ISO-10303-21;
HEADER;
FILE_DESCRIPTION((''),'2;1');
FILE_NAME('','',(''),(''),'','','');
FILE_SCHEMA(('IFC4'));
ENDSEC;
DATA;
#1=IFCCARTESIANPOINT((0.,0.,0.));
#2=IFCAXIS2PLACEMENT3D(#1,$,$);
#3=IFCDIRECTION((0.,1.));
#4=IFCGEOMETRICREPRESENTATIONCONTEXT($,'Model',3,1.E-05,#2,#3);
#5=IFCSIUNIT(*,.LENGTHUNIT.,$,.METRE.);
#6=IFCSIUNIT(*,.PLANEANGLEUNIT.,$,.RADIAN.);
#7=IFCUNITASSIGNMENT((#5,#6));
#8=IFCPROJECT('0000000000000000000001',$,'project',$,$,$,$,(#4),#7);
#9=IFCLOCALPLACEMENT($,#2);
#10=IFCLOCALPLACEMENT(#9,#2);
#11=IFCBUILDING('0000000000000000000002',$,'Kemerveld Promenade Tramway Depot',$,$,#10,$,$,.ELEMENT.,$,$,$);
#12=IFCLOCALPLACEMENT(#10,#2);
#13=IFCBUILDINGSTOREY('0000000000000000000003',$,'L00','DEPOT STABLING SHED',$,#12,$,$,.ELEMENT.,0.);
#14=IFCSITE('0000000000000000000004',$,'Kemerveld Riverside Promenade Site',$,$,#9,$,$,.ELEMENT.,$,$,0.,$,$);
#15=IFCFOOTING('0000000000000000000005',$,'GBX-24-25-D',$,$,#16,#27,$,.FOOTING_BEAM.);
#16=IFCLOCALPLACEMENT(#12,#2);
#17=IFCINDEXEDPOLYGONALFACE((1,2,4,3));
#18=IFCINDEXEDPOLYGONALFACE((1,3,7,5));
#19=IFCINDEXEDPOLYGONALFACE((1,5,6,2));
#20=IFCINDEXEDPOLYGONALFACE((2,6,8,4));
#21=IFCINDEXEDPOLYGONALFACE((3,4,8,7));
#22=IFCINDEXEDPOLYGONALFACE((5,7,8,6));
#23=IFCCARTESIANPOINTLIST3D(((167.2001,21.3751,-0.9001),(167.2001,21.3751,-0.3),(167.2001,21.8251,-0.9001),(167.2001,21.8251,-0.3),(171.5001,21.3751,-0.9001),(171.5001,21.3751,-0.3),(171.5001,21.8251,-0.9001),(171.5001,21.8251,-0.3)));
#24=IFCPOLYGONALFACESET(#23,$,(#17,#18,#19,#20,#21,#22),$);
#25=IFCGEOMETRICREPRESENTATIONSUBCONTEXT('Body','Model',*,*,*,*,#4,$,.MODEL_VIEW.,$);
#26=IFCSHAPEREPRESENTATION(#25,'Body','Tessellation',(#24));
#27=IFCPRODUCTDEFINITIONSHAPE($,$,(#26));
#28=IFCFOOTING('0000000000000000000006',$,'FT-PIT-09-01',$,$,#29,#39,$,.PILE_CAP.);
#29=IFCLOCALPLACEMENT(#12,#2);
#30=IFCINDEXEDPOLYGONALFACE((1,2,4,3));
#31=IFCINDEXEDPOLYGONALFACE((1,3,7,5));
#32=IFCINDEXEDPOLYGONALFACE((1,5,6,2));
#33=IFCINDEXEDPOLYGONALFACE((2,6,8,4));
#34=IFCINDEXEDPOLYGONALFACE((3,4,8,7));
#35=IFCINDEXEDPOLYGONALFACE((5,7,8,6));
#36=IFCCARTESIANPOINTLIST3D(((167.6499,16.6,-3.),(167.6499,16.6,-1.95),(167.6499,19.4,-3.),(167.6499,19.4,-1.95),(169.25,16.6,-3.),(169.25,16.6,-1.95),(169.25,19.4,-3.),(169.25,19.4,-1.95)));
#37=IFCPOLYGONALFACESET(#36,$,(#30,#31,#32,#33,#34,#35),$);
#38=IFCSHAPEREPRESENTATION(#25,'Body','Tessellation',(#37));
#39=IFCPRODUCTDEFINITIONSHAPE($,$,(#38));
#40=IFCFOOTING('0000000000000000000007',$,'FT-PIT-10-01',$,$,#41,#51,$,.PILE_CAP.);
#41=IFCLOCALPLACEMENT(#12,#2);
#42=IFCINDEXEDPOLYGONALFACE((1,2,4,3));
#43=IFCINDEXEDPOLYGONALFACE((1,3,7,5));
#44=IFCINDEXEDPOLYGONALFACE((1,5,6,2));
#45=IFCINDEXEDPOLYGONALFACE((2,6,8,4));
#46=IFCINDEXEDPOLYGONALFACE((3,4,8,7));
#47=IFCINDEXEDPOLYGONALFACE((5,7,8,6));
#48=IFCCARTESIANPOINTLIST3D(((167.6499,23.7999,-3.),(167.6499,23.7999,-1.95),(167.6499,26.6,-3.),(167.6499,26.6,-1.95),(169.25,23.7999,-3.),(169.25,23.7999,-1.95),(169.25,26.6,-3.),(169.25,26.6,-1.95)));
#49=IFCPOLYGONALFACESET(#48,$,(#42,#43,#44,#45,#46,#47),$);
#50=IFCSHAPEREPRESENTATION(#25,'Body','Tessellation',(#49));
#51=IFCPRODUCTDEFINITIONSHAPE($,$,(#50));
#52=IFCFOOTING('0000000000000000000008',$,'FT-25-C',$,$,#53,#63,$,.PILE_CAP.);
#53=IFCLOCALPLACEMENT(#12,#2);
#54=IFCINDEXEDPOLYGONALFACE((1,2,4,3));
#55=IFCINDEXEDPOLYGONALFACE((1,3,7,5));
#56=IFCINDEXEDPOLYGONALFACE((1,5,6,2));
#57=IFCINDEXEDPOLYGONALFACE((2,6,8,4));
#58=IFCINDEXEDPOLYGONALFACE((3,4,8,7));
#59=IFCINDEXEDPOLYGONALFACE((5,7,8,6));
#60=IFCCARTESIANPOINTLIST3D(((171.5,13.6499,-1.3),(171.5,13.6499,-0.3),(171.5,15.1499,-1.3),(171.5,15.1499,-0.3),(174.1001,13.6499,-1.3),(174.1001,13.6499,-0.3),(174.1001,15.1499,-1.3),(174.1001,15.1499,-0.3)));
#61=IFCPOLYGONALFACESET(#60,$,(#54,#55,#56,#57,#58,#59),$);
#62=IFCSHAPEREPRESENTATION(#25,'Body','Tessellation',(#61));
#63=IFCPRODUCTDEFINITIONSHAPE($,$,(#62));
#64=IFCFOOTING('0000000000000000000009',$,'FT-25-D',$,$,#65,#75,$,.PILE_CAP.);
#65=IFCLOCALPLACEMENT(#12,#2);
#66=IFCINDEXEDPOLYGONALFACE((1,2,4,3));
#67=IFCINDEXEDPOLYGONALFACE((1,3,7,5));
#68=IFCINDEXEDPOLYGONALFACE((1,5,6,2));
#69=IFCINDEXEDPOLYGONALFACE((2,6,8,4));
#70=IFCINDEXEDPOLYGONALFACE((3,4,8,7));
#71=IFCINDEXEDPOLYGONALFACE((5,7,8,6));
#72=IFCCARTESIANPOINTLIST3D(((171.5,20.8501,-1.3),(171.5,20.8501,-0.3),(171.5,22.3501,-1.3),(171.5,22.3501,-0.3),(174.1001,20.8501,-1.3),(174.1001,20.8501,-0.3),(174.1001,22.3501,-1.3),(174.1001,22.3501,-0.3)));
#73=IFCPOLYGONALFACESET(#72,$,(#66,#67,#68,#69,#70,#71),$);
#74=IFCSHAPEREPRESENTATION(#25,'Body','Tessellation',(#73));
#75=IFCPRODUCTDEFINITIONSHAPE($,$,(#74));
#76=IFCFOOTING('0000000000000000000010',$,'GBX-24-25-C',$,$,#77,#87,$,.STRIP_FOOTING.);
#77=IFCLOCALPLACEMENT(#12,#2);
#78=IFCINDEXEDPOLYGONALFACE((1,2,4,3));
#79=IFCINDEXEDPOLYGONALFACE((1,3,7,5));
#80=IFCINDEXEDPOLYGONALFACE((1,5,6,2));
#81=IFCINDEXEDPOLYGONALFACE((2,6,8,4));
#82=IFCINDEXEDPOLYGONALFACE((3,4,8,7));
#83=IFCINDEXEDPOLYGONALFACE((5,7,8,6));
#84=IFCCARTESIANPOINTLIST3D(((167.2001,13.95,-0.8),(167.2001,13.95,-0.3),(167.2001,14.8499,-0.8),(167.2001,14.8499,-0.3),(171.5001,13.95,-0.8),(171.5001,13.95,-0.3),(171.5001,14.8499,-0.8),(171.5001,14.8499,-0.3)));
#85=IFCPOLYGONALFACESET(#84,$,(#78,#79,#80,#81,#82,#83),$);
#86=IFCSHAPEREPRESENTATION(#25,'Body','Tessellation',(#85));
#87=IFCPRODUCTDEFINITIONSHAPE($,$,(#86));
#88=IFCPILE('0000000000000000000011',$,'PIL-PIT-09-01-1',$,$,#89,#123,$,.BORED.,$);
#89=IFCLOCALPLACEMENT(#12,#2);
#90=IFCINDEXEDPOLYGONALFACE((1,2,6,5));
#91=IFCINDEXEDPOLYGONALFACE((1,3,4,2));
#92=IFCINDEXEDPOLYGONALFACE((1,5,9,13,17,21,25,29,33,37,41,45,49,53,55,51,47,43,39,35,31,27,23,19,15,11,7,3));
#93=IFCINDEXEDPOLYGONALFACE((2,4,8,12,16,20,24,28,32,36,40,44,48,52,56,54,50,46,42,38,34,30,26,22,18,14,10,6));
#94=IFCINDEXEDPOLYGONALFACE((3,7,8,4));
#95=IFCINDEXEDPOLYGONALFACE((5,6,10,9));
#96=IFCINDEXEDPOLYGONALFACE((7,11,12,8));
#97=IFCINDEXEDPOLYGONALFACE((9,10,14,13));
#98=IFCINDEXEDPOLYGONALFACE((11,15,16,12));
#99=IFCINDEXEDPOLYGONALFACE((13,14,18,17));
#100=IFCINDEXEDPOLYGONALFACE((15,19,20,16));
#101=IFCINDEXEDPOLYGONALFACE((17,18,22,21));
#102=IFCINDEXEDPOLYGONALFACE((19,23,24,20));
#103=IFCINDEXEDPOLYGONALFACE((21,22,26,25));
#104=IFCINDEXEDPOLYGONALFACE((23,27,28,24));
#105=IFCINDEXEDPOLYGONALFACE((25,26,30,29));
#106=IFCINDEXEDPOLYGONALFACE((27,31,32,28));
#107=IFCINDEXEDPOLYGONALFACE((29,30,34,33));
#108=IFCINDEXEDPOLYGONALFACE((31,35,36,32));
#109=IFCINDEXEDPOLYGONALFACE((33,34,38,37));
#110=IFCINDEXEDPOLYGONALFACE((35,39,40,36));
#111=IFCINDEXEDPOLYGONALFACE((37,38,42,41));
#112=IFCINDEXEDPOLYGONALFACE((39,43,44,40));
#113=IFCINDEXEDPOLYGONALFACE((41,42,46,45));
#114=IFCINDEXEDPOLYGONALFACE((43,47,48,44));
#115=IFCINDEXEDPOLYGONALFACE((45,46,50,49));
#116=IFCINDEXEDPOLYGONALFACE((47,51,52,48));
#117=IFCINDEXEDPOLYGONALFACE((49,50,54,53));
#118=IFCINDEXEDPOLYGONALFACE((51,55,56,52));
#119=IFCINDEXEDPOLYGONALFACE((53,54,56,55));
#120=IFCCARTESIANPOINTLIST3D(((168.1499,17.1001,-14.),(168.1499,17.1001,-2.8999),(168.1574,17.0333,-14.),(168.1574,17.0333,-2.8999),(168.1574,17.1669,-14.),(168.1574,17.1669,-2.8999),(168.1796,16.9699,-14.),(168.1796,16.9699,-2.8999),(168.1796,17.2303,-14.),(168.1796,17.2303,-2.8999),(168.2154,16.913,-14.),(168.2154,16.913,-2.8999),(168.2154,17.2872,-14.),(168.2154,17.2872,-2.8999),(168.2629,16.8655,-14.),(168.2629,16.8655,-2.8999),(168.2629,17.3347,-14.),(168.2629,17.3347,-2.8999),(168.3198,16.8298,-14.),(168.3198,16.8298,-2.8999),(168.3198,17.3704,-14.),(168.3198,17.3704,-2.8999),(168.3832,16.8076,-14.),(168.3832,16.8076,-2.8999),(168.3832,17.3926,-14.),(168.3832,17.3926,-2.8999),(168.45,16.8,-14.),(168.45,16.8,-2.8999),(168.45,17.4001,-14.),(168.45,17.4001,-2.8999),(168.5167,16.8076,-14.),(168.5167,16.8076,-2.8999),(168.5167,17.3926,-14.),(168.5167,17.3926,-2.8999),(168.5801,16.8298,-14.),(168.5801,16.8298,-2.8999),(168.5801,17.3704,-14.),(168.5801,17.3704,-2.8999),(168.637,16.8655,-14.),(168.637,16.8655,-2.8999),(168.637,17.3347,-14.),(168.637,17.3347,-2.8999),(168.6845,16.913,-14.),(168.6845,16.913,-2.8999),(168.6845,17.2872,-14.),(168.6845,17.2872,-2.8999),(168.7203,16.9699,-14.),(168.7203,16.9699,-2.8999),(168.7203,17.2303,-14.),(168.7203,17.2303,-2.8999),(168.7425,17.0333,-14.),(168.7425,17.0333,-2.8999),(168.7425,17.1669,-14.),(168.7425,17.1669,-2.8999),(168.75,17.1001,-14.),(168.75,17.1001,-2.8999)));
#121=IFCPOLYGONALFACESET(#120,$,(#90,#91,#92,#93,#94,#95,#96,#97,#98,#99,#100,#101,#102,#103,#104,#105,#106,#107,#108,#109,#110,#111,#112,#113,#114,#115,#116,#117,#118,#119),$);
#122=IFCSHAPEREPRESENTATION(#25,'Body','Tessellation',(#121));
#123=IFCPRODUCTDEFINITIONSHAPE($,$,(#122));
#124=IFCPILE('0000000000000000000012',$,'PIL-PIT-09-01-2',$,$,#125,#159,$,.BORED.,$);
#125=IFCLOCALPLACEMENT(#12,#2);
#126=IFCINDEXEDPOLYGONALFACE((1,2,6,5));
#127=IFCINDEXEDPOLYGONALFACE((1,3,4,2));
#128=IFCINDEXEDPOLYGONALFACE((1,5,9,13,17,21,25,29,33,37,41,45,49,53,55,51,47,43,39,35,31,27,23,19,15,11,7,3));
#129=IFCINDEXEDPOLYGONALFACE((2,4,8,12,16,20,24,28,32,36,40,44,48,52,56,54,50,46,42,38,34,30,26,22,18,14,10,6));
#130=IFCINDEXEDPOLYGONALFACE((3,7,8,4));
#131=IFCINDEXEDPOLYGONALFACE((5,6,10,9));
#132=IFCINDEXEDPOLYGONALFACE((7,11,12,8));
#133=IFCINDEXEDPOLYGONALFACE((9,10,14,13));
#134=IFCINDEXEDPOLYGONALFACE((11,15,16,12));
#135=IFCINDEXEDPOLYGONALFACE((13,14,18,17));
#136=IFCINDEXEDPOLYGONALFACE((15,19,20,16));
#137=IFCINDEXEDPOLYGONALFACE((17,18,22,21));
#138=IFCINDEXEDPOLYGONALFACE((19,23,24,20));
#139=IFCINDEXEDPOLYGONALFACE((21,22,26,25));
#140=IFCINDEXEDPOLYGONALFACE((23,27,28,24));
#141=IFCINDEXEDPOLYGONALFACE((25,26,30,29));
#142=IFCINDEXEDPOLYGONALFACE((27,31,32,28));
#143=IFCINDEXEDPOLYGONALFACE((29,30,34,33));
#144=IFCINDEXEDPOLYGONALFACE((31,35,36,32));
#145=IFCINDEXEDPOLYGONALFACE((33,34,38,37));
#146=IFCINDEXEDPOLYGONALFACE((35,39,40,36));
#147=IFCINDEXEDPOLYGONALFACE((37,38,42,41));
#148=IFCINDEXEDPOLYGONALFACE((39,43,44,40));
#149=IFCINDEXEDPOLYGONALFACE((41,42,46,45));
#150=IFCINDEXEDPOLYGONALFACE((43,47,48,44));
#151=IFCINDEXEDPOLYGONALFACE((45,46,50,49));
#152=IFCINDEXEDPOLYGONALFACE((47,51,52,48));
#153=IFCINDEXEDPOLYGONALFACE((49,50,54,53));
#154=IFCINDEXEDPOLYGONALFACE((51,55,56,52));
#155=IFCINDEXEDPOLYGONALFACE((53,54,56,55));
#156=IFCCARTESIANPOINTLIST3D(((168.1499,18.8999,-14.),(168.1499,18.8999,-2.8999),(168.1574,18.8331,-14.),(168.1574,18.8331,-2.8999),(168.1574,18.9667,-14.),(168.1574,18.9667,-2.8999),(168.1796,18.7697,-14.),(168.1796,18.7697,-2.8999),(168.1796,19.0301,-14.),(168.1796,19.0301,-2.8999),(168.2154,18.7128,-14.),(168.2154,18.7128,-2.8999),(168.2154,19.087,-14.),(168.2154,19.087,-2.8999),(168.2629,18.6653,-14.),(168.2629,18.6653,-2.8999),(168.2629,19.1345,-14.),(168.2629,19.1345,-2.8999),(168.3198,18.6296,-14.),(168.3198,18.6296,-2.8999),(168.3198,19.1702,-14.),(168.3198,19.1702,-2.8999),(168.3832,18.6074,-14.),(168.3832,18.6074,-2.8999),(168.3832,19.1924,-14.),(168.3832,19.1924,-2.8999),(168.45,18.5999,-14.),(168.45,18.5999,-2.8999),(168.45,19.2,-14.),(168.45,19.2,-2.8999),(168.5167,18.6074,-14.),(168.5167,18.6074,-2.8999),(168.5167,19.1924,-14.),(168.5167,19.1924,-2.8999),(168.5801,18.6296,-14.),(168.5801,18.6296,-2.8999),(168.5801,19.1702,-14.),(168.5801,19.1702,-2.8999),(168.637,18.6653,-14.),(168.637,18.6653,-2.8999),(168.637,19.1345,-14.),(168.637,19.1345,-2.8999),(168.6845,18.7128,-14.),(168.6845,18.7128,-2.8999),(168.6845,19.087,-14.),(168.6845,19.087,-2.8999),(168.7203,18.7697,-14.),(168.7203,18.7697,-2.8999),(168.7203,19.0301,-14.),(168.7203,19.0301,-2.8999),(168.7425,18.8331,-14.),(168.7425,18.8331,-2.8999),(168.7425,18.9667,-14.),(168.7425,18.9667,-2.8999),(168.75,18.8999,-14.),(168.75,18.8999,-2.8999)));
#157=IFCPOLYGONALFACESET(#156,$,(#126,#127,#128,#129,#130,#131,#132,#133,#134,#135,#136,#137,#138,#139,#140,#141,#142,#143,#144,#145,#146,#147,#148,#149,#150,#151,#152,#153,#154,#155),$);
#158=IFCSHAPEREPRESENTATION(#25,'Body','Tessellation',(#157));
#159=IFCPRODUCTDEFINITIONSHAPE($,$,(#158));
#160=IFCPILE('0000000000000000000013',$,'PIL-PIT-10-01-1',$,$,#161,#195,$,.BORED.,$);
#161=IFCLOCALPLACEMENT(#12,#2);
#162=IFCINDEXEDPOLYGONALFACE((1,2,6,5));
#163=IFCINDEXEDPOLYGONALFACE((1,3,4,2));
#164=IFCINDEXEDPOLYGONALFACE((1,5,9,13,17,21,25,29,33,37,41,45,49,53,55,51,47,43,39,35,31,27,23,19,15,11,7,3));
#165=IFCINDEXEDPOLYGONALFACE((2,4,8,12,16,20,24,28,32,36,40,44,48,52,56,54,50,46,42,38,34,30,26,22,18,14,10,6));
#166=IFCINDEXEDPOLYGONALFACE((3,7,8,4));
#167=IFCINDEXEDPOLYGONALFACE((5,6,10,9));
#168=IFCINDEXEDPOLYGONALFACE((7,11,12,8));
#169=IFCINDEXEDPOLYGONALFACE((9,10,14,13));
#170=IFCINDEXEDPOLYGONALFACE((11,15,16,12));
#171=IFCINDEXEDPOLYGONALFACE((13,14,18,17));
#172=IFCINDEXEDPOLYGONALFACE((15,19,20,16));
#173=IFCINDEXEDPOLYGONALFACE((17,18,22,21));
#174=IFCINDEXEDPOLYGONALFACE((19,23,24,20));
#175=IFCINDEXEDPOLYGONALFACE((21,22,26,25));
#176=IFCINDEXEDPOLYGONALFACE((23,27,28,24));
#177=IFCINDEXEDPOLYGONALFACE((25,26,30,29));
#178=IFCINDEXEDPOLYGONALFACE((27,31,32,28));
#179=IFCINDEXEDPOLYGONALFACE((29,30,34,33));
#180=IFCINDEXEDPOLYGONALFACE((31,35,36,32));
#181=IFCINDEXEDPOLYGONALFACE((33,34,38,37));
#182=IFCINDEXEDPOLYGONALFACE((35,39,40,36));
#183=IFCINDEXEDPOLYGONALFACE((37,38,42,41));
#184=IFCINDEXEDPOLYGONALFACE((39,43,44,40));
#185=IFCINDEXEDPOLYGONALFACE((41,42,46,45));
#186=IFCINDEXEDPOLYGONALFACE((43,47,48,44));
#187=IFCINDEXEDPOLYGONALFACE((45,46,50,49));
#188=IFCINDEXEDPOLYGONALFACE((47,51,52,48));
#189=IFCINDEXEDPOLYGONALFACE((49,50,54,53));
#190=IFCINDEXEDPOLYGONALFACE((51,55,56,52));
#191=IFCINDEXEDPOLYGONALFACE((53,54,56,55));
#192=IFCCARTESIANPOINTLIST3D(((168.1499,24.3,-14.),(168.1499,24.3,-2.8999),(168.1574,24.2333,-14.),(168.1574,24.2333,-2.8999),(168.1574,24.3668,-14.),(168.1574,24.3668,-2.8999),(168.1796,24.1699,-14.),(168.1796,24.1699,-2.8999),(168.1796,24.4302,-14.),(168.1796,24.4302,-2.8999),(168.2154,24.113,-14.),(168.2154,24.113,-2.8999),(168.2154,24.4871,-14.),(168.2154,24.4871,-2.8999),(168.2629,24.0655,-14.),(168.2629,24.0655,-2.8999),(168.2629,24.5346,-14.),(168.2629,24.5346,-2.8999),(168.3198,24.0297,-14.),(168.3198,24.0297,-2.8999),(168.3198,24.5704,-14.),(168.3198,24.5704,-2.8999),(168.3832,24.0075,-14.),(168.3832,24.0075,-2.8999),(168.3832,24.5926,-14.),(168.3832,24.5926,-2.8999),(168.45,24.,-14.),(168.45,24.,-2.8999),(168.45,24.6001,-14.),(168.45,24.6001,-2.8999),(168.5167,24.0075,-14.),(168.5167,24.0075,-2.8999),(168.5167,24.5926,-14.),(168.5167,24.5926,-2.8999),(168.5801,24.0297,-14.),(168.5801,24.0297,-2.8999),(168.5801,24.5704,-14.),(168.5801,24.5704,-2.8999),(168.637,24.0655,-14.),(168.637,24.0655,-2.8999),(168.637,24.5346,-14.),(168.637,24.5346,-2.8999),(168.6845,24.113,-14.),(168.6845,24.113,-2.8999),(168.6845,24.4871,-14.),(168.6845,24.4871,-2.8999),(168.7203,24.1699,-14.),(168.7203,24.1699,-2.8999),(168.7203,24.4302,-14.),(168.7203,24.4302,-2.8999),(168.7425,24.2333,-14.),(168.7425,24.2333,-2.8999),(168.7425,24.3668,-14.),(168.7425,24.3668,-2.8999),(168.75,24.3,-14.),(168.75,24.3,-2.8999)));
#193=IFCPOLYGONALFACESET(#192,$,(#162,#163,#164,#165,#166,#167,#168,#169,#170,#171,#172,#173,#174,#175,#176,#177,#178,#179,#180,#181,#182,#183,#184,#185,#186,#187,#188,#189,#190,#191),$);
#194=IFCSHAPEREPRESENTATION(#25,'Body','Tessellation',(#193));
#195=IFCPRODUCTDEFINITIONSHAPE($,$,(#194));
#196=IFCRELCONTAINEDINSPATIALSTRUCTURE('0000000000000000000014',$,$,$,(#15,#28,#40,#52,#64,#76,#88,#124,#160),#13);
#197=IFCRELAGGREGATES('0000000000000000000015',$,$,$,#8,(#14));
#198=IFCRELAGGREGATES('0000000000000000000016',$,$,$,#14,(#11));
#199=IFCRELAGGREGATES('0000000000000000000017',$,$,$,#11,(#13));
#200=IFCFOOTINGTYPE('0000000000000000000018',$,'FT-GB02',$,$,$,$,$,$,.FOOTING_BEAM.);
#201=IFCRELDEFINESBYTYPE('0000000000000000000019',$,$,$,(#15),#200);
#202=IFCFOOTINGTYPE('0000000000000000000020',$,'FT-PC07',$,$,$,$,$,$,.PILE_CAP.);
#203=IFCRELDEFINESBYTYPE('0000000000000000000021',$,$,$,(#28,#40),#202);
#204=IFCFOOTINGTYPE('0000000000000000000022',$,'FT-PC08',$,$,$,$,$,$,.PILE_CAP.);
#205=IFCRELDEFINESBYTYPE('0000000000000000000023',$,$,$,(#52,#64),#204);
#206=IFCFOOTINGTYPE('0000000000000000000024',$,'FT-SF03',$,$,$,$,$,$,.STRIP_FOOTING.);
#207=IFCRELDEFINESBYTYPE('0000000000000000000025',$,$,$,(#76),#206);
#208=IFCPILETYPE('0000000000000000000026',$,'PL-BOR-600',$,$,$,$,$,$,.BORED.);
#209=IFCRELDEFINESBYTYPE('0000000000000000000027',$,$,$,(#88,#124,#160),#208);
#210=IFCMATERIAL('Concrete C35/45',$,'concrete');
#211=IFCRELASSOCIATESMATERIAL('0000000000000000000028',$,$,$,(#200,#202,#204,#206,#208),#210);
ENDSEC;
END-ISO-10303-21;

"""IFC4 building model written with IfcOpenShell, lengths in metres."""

from ifc_helpers import new_model, si_unit, direction, frame, origin, origin_2d, place, context, subcontext, project, spatial, rectangle, circle, extrude, material, material_profile, profile_set, type_object, element, save


model = new_model("IFC4")

# Units and contexts
model_context = context("Model", 3, precision=1e-05, world=origin(), true_north=direction((0.0, 1.0)))
body_context = subcontext(model_context, "Body", "Model", "MODEL_VIEW")
ifc_project = project(units=[si_unit("LENGTHUNIT", "METRE"), si_unit("PLANEANGLEUNIT", "RADIAN")], contexts=[model_context])

# Site, building, storey
site_placement = place(None, origin())
site = spatial("IfcSite", under=ifc_project, at=site_placement, Name="Kemerveld Riverside Promenade Site", CompositionType="ELEMENT", RefElevation=0.0)
building_placement = place(site_placement, origin())
building = spatial("IfcBuilding", under=site, at=building_placement, Name="Kemerveld Promenade Tramway Depot", CompositionType="ELEMENT")
storey_placement = place(building_placement, origin())
storey = spatial("IfcBuildingStorey", under=building, at=storey_placement, Name="L00", Description="DEPOT STABLING SHED", CompositionType="ELEMENT", Elevation=0.0)

# Footings
ifc_material_1 = material(Name="Concrete C35/45", Category="concrete")
footing_type_1 = type_object("IfcFootingType", Name="FT-GB02", PredefinedType="FOOTING_BEAM", material=ifc_material_1)
footing_1_placement = place(storey_placement, frame((169.3501, 21.6001, -0.9001), z_axis=(0.0, 0.0, 1.0), x_axis=(1.0, 0.0, 0.0)))
element("IfcFooting", 1, at=footing_1_placement, inside=storey, type_object=footing_type_1, Name="GBX-24-25-D", PredefinedType="FOOTING_BEAM", context=body_context, shape_type="SweptSolid", body=[
    extrude(rectangle(XDim=4.3, YDim=0.45, at=origin_2d()), origin(), (0.0, 0.0, 1.0), 0.6001),
])
footing_type_2 = type_object("IfcFootingType", Name="FT-PC07", PredefinedType="PILE_CAP", material=ifc_material_1)
for number, where, z_axis, x_axis, name in (
    (2, (168.45, 18.0, -3.0), (0.0, 0.0, 1.0), (1.0, 0.0, 0.0), "FT-PIT-09-01"),
    (3, (168.45, 25.2, -3.0), (0.0, 0.0, 1.0), (1.0, 0.0, 0.0), "FT-PIT-10-01"),
):
    element("IfcFooting", number, at=place(storey_placement, frame(where, z_axis=z_axis, x_axis=x_axis)), inside=storey, type_object=footing_type_2, Name=name, PredefinedType="PILE_CAP", context=body_context, shape_type="SweptSolid", body=[
        extrude(rectangle(XDim=1.6001, YDim=2.8, at=origin_2d()), origin(), (0.0, 0.0, 1.0), 1.05),
    ])
footing_type_3 = type_object("IfcFootingType", Name="FT-PC08", PredefinedType="PILE_CAP", material=ifc_material_1)
for number, where, z_axis, x_axis, name in (
    (4, (172.8, 14.3999, -1.3), (0.0, 0.0, 1.0), (1.0, 0.0, 0.0), "FT-25-C"),
    (5, (172.8, 21.6001, -1.3), (0.0, 0.0, 1.0), (1.0, 0.0, 0.0), "FT-25-D"),
):
    element("IfcFooting", number, at=place(storey_placement, frame(where, z_axis=z_axis, x_axis=x_axis)), inside=storey, type_object=footing_type_3, Name=name, PredefinedType="PILE_CAP", context=body_context, shape_type="SweptSolid", body=[
        extrude(rectangle(XDim=2.6001, YDim=1.5, at=origin_2d()), origin(), (0.0, 0.0, 1.0), 1.0),
    ])
footing_type_4 = type_object("IfcFootingType", Name="FT-SF03", PredefinedType="STRIP_FOOTING", material=ifc_material_1)
footing_2_placement = place(storey_placement, frame((169.3501, 14.3999, -0.8), z_axis=(0.0, 0.0, 1.0), x_axis=(1.0, 0.0, 0.0)))
element("IfcFooting", 6, at=footing_2_placement, inside=storey, type_object=footing_type_4, Name="GBX-24-25-C", PredefinedType="STRIP_FOOTING", context=body_context, shape_type="SweptSolid", body=[
    extrude(rectangle(XDim=4.3, YDim=0.8999, at=origin_2d()), origin(), (0.0, 0.0, 1.0), 0.5),
])

# Piles
ifc_material_profile_1 = material_profile(ifc_material_1, circle(Radius=0.3, at=origin_2d()), Name="PILE-D600")
ifc_profile_set_1 = profile_set([ifc_material_profile_1], Name="Concrete C35/45")
pile_type = type_object("IfcPileType", Name="PL-BOR-600", PredefinedType="BORED", material=ifc_profile_set_1)
for number, where, z_axis, x_axis, name in (
    (7, (168.45, 17.1001, -2.8999), (0.0, 0.0, -1.0), (1.0, 0.0, 0.0), "PIL-PIT-09-01-1"),
    (8, (168.45, 18.8999, -2.8999), (0.0, 0.0, -1.0), (1.0, 0.0, 0.0), "PIL-PIT-09-01-2"),
    (9, (168.45, 24.3, -2.8999), (0.0, 0.0, -1.0), (1.0, 0.0, 0.0), "PIL-PIT-10-01-1"),
):
    element("IfcPile", number, at=place(storey_placement, frame(where, z_axis=z_axis, x_axis=x_axis)), inside=storey, type_object=pile_type, Name=name, PredefinedType="BORED", context=body_context, shape_type="SweptSolid", body=[
        extrude(circle(Radius=0.3, at=origin_2d()), origin(), (0.0, 0.0, 1.0), 11.1001),
    ])

save(model, "model.ifc")
